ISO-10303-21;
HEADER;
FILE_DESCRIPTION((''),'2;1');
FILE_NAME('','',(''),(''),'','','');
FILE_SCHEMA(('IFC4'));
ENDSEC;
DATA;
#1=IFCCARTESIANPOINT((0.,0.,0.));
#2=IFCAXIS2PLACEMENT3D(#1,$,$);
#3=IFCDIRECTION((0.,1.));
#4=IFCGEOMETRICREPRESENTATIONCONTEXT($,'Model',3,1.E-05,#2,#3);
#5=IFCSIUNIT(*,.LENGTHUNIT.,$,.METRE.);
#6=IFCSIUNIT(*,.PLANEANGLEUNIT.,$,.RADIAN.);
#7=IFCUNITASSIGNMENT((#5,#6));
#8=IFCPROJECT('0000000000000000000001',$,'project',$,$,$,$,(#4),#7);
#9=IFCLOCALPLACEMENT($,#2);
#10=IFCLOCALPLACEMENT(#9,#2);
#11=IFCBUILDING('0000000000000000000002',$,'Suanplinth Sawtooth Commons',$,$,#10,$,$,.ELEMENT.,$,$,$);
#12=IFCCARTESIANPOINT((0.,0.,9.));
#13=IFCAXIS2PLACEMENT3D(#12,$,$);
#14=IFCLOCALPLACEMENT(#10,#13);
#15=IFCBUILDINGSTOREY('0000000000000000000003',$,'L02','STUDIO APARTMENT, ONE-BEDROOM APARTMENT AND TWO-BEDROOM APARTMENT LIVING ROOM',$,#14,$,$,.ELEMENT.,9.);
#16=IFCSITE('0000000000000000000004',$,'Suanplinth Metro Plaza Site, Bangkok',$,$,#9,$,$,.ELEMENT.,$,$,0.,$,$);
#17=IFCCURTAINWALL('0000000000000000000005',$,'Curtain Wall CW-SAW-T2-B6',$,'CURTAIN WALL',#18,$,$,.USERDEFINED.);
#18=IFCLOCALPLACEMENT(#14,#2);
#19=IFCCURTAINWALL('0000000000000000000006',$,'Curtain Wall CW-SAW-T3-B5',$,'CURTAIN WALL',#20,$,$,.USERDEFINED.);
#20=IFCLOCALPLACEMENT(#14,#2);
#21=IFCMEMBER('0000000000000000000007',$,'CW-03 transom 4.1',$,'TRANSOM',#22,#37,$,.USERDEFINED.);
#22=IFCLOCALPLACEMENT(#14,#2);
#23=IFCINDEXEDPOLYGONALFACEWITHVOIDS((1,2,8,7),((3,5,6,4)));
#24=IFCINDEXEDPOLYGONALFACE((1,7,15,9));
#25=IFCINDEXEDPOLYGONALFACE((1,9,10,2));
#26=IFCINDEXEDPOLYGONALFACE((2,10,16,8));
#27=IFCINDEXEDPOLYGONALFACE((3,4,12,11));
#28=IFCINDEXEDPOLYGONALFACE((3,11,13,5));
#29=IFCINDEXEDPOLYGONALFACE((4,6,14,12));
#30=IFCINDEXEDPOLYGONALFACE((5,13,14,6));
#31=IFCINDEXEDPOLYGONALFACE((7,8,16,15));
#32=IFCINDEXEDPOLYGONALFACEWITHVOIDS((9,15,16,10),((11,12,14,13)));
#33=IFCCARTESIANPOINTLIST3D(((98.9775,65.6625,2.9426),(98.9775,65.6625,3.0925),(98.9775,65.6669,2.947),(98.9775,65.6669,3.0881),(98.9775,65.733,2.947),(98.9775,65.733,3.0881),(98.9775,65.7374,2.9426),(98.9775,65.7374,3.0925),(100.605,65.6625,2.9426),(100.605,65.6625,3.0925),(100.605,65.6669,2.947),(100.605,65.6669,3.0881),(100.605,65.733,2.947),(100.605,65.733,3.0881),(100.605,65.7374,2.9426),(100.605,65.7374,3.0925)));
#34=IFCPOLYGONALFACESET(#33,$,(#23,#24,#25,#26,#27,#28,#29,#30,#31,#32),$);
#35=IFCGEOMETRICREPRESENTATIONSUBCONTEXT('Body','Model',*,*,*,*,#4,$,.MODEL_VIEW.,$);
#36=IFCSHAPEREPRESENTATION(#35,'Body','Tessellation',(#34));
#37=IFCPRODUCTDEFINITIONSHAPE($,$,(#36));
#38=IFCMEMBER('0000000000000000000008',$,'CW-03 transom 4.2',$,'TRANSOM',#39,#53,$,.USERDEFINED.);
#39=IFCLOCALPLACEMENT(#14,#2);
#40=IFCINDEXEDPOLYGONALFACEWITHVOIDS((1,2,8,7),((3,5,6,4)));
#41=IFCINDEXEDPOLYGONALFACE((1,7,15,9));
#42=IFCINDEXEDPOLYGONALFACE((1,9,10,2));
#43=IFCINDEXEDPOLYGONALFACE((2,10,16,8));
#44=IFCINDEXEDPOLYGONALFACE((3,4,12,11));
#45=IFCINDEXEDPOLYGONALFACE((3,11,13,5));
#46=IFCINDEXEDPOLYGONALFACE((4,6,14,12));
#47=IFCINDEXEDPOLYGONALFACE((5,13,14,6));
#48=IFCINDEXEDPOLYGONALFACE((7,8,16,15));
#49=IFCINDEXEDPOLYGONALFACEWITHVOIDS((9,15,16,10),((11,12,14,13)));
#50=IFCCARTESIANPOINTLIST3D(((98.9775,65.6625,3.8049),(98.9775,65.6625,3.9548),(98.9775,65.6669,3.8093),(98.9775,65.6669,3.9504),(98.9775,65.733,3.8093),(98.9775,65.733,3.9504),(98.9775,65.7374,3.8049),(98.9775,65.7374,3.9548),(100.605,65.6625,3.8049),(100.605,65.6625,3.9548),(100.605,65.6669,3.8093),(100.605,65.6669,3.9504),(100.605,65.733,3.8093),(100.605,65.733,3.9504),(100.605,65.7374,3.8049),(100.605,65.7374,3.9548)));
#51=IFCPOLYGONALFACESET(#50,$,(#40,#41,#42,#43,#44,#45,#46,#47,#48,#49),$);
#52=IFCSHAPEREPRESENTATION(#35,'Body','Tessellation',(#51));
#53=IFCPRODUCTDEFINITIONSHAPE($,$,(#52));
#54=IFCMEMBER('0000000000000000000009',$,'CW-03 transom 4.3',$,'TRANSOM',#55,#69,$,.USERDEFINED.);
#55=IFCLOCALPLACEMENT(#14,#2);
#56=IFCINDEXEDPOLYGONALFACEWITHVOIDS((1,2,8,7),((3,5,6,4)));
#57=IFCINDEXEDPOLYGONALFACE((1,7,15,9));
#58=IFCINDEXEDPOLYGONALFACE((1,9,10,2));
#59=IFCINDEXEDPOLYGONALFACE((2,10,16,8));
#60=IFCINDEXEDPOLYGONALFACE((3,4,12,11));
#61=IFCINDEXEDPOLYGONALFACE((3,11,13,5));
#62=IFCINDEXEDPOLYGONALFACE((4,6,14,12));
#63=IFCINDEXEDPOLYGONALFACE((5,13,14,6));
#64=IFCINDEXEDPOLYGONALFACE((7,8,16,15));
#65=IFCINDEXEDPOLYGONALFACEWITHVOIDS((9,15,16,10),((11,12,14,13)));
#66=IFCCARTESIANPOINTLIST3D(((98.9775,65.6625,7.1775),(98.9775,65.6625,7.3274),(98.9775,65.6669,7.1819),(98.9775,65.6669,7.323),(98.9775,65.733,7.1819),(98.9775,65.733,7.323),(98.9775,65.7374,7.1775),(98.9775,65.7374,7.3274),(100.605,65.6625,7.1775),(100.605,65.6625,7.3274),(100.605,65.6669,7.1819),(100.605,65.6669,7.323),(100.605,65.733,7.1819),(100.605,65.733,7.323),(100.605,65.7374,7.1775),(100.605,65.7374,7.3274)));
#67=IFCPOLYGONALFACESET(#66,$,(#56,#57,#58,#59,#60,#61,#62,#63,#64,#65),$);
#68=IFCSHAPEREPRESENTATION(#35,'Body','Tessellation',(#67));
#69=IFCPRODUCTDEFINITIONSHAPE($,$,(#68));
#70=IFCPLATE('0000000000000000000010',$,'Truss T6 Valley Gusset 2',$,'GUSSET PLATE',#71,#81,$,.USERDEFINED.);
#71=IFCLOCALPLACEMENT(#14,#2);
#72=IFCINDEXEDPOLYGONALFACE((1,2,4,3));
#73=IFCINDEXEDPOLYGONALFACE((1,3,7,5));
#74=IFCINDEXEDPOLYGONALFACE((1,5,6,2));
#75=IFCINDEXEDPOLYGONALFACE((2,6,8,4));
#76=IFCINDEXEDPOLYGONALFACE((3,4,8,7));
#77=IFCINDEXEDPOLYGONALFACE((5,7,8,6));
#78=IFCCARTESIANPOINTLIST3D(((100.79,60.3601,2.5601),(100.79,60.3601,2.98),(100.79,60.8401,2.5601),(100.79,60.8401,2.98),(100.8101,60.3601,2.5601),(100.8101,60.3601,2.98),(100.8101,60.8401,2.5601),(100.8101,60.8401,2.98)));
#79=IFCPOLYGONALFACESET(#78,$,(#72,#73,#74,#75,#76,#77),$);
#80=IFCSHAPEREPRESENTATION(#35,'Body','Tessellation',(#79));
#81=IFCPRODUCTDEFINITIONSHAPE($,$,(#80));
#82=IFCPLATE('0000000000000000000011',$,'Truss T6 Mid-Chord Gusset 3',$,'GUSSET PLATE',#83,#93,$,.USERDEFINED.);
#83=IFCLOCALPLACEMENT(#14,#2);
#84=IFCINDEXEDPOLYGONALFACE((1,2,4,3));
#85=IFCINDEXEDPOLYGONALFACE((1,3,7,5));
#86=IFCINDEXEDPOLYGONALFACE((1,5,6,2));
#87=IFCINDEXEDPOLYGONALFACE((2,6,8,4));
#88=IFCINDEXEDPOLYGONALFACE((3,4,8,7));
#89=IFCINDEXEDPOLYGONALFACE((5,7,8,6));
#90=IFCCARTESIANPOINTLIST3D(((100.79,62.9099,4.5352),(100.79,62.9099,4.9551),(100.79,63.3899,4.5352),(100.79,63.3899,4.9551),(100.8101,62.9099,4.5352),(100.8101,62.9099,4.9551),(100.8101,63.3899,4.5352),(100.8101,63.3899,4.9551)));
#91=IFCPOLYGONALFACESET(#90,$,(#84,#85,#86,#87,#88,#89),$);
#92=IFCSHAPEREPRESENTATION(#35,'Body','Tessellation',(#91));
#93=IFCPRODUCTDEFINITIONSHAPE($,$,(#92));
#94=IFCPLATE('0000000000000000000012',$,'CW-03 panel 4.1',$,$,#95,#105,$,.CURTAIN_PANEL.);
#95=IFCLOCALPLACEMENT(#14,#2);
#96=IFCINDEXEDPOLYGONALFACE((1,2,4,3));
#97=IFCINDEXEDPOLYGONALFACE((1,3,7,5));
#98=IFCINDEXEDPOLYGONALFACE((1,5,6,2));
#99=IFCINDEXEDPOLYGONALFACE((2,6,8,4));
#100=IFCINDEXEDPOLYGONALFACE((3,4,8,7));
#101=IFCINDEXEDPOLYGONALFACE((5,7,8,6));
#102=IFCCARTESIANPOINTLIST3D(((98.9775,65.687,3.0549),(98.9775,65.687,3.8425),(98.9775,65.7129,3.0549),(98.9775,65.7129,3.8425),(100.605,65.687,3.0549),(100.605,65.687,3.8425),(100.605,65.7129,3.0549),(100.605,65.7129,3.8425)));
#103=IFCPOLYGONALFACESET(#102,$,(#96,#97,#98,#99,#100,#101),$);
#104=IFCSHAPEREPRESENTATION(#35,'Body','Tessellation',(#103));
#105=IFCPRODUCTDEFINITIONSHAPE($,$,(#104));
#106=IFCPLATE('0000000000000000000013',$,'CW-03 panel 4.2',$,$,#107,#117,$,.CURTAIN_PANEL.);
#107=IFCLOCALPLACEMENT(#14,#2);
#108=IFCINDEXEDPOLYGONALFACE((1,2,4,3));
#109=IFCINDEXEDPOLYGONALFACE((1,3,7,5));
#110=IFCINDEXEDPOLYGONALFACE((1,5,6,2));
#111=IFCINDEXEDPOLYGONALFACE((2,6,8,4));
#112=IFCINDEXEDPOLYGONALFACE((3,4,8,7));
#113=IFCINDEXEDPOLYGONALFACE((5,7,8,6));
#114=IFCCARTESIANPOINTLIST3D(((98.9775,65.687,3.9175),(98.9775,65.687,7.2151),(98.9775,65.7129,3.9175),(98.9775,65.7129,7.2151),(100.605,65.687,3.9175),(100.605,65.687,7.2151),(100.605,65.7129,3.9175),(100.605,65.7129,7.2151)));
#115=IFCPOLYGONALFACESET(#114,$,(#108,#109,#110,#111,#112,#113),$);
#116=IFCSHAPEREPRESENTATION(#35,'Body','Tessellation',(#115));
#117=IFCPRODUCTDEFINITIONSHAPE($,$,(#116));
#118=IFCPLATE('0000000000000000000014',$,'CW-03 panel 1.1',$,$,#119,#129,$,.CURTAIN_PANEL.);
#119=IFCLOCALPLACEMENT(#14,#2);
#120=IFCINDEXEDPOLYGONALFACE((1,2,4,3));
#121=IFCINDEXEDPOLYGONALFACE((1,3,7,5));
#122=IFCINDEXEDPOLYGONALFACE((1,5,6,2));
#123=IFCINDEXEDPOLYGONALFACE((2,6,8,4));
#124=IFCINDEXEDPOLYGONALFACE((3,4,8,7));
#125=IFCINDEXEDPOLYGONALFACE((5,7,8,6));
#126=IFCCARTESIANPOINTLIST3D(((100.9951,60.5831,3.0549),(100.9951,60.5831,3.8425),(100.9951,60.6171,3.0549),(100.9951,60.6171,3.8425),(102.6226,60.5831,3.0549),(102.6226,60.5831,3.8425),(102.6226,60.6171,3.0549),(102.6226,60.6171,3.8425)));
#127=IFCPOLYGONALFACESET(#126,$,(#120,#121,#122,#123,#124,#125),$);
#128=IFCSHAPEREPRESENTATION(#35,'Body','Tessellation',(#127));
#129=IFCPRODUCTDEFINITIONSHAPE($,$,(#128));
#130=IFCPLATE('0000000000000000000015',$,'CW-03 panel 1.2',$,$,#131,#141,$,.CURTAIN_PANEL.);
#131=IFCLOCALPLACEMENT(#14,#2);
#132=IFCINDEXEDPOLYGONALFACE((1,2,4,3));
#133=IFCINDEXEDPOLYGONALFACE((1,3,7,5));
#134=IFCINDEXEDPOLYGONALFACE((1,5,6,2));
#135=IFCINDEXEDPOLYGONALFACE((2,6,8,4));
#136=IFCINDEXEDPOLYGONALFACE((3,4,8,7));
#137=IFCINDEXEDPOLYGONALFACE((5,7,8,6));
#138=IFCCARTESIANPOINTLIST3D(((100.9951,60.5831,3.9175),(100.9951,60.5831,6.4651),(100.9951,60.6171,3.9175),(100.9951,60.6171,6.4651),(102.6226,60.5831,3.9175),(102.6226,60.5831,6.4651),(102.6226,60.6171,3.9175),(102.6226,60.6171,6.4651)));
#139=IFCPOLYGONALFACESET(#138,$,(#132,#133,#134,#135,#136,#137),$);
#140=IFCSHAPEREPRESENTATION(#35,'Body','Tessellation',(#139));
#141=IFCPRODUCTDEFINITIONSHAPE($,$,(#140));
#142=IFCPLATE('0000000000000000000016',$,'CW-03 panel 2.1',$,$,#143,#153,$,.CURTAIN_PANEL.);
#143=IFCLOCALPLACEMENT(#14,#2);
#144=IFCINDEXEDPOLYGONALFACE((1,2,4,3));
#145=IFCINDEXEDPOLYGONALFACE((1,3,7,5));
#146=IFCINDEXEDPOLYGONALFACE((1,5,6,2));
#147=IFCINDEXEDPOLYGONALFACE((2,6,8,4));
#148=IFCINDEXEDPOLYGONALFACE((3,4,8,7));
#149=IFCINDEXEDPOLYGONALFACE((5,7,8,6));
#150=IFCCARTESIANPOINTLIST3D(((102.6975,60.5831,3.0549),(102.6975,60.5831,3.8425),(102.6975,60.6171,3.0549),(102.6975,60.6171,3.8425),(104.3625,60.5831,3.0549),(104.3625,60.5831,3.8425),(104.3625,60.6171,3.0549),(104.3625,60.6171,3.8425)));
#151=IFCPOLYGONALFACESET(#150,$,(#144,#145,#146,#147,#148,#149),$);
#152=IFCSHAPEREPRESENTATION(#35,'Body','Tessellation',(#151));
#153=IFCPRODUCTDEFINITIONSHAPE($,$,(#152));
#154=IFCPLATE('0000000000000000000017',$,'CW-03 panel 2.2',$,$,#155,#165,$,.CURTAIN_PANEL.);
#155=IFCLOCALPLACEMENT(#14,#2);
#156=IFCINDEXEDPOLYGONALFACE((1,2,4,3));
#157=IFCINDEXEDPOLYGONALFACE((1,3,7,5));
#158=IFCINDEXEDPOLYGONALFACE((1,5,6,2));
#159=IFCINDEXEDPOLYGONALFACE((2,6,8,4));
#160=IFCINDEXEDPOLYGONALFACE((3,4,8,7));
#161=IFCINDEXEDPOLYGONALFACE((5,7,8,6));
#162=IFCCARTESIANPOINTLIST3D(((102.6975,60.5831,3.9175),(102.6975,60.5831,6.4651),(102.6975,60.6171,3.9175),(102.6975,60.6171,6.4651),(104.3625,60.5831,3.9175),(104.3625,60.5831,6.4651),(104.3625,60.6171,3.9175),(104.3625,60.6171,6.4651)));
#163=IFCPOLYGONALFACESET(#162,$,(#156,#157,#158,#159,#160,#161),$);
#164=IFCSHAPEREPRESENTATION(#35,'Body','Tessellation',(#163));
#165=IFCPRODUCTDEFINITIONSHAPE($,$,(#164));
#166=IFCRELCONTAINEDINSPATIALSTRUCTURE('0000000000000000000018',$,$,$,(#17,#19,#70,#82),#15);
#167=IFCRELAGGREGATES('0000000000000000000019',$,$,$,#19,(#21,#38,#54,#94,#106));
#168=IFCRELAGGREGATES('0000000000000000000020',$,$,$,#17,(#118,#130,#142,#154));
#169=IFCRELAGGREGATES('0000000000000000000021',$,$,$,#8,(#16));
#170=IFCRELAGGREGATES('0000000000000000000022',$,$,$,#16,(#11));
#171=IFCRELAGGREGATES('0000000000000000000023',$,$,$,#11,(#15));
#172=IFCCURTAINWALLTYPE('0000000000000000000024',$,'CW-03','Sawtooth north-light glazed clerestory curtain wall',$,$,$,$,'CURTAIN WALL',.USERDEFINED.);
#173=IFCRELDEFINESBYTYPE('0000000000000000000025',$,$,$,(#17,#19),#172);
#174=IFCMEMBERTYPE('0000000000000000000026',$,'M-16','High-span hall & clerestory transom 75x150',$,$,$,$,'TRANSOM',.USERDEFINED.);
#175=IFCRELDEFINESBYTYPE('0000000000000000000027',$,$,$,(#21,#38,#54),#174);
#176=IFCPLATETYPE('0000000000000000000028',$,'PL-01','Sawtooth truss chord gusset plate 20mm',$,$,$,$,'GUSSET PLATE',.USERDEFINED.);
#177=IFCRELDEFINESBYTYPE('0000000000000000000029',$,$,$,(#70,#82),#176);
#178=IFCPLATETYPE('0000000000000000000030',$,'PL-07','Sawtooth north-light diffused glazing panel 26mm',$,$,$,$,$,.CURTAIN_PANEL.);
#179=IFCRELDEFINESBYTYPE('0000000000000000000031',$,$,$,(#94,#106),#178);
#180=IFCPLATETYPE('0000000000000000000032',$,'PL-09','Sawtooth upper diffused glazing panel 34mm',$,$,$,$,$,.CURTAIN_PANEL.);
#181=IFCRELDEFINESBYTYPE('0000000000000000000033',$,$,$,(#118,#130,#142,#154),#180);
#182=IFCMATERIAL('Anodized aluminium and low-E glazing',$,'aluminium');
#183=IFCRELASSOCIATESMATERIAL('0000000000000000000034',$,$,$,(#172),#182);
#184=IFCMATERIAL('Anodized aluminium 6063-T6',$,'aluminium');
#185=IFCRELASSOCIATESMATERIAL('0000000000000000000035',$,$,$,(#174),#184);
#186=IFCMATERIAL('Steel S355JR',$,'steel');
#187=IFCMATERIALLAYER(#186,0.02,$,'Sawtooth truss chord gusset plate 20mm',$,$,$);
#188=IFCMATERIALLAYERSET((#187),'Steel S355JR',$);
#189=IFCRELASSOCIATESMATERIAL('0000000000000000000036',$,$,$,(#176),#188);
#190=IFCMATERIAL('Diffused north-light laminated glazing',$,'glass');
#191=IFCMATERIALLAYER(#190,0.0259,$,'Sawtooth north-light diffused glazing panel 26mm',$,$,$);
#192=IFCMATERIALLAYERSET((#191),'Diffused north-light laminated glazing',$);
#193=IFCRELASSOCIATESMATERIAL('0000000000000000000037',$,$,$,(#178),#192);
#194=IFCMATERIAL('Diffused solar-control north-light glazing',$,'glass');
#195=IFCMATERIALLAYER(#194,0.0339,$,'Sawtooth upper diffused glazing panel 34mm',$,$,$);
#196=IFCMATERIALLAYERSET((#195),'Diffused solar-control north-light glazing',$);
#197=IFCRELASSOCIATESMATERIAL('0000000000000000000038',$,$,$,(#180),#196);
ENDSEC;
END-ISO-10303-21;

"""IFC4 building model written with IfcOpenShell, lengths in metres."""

from ifc_helpers import new_model, si_unit, direction, frame, origin, origin_2d, place, context, subcontext, project, spatial, rectangle, hollow_rectangle, extrude, material, layer, layer_set, material_profile, profile_set, type_object, element, aggregate, save


model = new_model("IFC4")

# Units and contexts
model_context = context("Model", 3, precision=1e-05, world=origin(), true_north=direction((0.0, 1.0)))
body_context = subcontext(model_context, "Body", "Model", "MODEL_VIEW")
ifc_project = project(units=[si_unit("LENGTHUNIT", "METRE"), si_unit("PLANEANGLEUNIT", "RADIAN")], contexts=[model_context])

# Site, building, storey
site_placement = place(None, origin())
site = spatial("IfcSite", under=ifc_project, at=site_placement, Name="Suanplinth Metro Plaza Site, Bangkok", CompositionType="ELEMENT", RefElevation=0.0)
building_placement = place(site_placement, origin())
building = spatial("IfcBuilding", under=site, at=building_placement, Name="Suanplinth Sawtooth Commons", CompositionType="ELEMENT")
storey_placement = place(building_placement, frame((0.0, 0.0, 9.0)))
storey = spatial("IfcBuildingStorey", under=building, at=storey_placement, Name="L02", Description="STUDIO APARTMENT, ONE-BEDROOM APARTMENT AND TWO-BEDROOM APARTMENT LIVING ROOM", CompositionType="ELEMENT", Elevation=9.0)

# Shared definitions
ifc_material_1 = material(Name="Steel S355JR", Category="steel")

# Curtain wall
ifc_material_2 = material(Name="Anodized aluminium and low-E glazing", Category="aluminium")
curtain_wall_type = type_object("IfcCurtainWallType", Name="CW-03", Description="Sawtooth north-light glazed clerestory curtain wall", ElementType="CURTAIN WALL", PredefinedType="USERDEFINED", material=ifc_material_2)
curtain_wall_1_placement = place(storey_placement, origin())
curtain_wall_1 = element("IfcCurtainWall", 1, at=curtain_wall_1_placement, inside=storey, type_object=curtain_wall_type, Name="Curtain Wall CW-SAW-T2-B6", ObjectType="CURTAIN WALL", PredefinedType="USERDEFINED")
ifc_material_3 = material(Name="Anodized aluminium 6063-T6", Category="aluminium")

# Curtain wall
curtain_wall_2_placement = place(storey_placement, origin())
curtain_wall_2 = element("IfcCurtainWall", 2, at=curtain_wall_2_placement, inside=storey, type_object=curtain_wall_type, Name="Curtain Wall CW-SAW-T3-B5", ObjectType="CURTAIN WALL", PredefinedType="USERDEFINED")

# Members
ifc_material_profile_1 = material_profile(ifc_material_3, hollow_rectangle(XDim=0.075, YDim=0.1499, WallThickness=0.0044, at=origin_2d()), Name="ALU-TRN 75x150")
ifc_profile_set_1 = profile_set([ifc_material_profile_1], Name="Anodized aluminium 6063-T6")
member_type_1 = type_object("IfcMemberType", Name="M-16", Description="High-span hall & clerestory transom 75x150", ElementType="TRANSOM", PredefinedType="USERDEFINED", material=ifc_profile_set_1)
member_1_placement = place(storey_placement, frame((98.9775, 65.7, 3.0176), z_axis=(1.0, 0.0, 0.0), x_axis=(0.0, 1.0, 0.0)))
member_1 = element("IfcMember", 3, at=member_1_placement, type_object=member_type_1, Name="CW-03 transom 4.1", ObjectType="TRANSOM", PredefinedType="USERDEFINED", context=body_context, shape_type="SweptSolid", body=[
    extrude(hollow_rectangle(XDim=0.075, YDim=0.1499, WallThickness=0.0044, at=origin_2d()), origin(), (0.0, 0.0, 1.0), 1.6274),
])
member_2_placement = place(storey_placement, frame((98.9775, 65.7, 3.8799), z_axis=(1.0, 0.0, 0.0), x_axis=(0.0, 1.0, 0.0)))
member_2 = element("IfcMember", 4, at=member_2_placement, type_object=member_type_1, Name="CW-03 transom 4.2", ObjectType="TRANSOM", PredefinedType="USERDEFINED", context=body_context, shape_type="SweptSolid", body=[
    extrude(hollow_rectangle(XDim=0.075, YDim=0.1499, WallThickness=0.0044, at=origin_2d()), origin(), (0.0, 0.0, 1.0), 1.6274),
])
member_3_placement = place(storey_placement, frame((98.9775, 65.7, 7.2524), z_axis=(1.0, 0.0, 0.0), x_axis=(0.0, 1.0, 0.0)))
member_3 = element("IfcMember", 5, at=member_3_placement, type_object=member_type_1, Name="CW-03 transom 4.3", ObjectType="TRANSOM", PredefinedType="USERDEFINED", context=body_context, shape_type="SweptSolid", body=[
    extrude(hollow_rectangle(XDim=0.075, YDim=0.1499, WallThickness=0.0044, at=origin_2d()), origin(), (0.0, 0.0, 1.0), 1.6274),
])

# Plates
ifc_layer_1 = layer(ifc_material_1, 0.02, Name="Sawtooth truss chord gusset plate 20mm")
ifc_layer_set_1 = layer_set([ifc_layer_1], Name="Steel S355JR")
plate_type_1 = type_object("IfcPlateType", Name="PL-01", Description="Sawtooth truss chord gusset plate 20mm", ElementType="GUSSET PLATE", PredefinedType="USERDEFINED", material=ifc_layer_set_1)
for number, where, z_axis, x_axis, name in (
    (6, (100.8, 60.6001, 2.5601), (0.0, 0.0, 1.0), (1.0, 0.0, 0.0), "Truss T6 Valley Gusset 2"),
    (7, (100.8, 63.1499, 4.5352), (0.0, 0.0, 1.0), (1.0, 0.0, 0.0), "Truss T6 Mid-Chord Gusset 3"),
):
    element("IfcPlate", number, at=place(storey_placement, frame(where, z_axis=z_axis, x_axis=x_axis)), inside=storey, type_object=plate_type_1, Name=name, ObjectType="GUSSET PLATE", PredefinedType="USERDEFINED", context=body_context, shape_type="SweptSolid", body=[
        extrude(rectangle(XDim=0.02, YDim=0.48, at=origin_2d()), origin(), (0.0, 0.0, 1.0), 0.4199),
    ])

# Plates
ifc_material_4 = material(Name="Diffused north-light laminated glazing", Category="glass")
ifc_layer_2 = layer(ifc_material_4, 0.0259, Name="Sawtooth north-light diffused glazing panel 26mm")
ifc_layer_set_2 = layer_set([ifc_layer_2], Name="Diffused north-light laminated glazing")
plate_type_2 = type_object("IfcPlateType", Name="PL-07", Description="Sawtooth north-light diffused glazing panel 26mm", PredefinedType="CURTAIN_PANEL", material=ifc_layer_set_2)
plate_1_placement = place(storey_placement, frame((99.7913, 65.7, 3.0549), z_axis=(0.0, 0.0, 1.0), x_axis=(1.0, 0.0, 0.0)))
plate_1 = element("IfcPlate", 8, at=plate_1_placement, type_object=plate_type_2, Name="CW-03 panel 4.1", PredefinedType="CURTAIN_PANEL", context=body_context, shape_type="SweptSolid", body=[
    extrude(rectangle(XDim=1.6274, YDim=0.0259, at=origin_2d()), origin(), (0.0, 0.0, 1.0), 0.7876),
])
plate_2_placement = place(storey_placement, frame((99.7913, 65.7, 3.9175), z_axis=(0.0, 0.0, 1.0), x_axis=(1.0, 0.0, 0.0)))
plate_2 = element("IfcPlate", 9, at=plate_2_placement, type_object=plate_type_2, Name="CW-03 panel 4.2", PredefinedType="CURTAIN_PANEL", context=body_context, shape_type="SweptSolid", body=[
    extrude(rectangle(XDim=1.6274, YDim=0.0259, at=origin_2d()), origin(), (0.0, 0.0, 1.0), 3.2976),
])
aggregate(curtain_wall_2, [member_1, member_2, member_3, plate_1, plate_2])
ifc_material_5 = material(Name="Diffused solar-control north-light glazing", Category="glass")
ifc_layer_3 = layer(ifc_material_5, 0.0339, Name="Sawtooth upper diffused glazing panel 34mm")
ifc_layer_set_3 = layer_set([ifc_layer_3], Name="Diffused solar-control north-light glazing")
plate_type_3 = type_object("IfcPlateType", Name="PL-09", Description="Sawtooth upper diffused glazing panel 34mm", PredefinedType="CURTAIN_PANEL", material=ifc_layer_set_3)
plate_3_placement = place(storey_placement, frame((101.8088, 60.6001, 3.0549), z_axis=(0.0, 0.0, 1.0), x_axis=(1.0, 0.0, 0.0)))
plate_3 = element("IfcPlate", 10, at=plate_3_placement, type_object=plate_type_3, Name="CW-03 panel 1.1", PredefinedType="CURTAIN_PANEL", context=body_context, shape_type="SweptSolid", body=[
    extrude(rectangle(XDim=1.6274, YDim=0.0339, at=origin_2d()), origin(), (0.0, 0.0, 1.0), 0.7876),
])
plate_4_placement = place(storey_placement, frame((101.8088, 60.6001, 3.9175), z_axis=(0.0, 0.0, 1.0), x_axis=(1.0, 0.0, 0.0)))
plate_4 = element("IfcPlate", 11, at=plate_4_placement, type_object=plate_type_3, Name="CW-03 panel 1.2", PredefinedType="CURTAIN_PANEL", context=body_context, shape_type="SweptSolid", body=[
    extrude(rectangle(XDim=1.6274, YDim=0.0339, at=origin_2d()), origin(), (0.0, 0.0, 1.0), 2.5476),
])
plate_5_placement = place(storey_placement, frame((103.53, 60.6001, 3.0549), z_axis=(0.0, 0.0, 1.0), x_axis=(1.0, 0.0, 0.0)))
plate_5 = element("IfcPlate", 12, at=plate_5_placement, type_object=plate_type_3, Name="CW-03 panel 2.1", PredefinedType="CURTAIN_PANEL", context=body_context, shape_type="SweptSolid", body=[
    extrude(rectangle(XDim=1.665, YDim=0.0339, at=origin_2d()), origin(), (0.0, 0.0, 1.0), 0.7876),
])
plate_6_placement = place(storey_placement, frame((103.53, 60.6001, 3.9175), z_axis=(0.0, 0.0, 1.0), x_axis=(1.0, 0.0, 0.0)))
plate_6 = element("IfcPlate", 13, at=plate_6_placement, type_object=plate_type_3, Name="CW-03 panel 2.2", PredefinedType="CURTAIN_PANEL", context=body_context, shape_type="SweptSolid", body=[
    extrude(rectangle(XDim=1.665, YDim=0.0339, at=origin_2d()), origin(), (0.0, 0.0, 1.0), 2.5476),
])
aggregate(curtain_wall_1, [plate_3, plate_4, plate_5, plate_6])

save(model, "model.ifc")
